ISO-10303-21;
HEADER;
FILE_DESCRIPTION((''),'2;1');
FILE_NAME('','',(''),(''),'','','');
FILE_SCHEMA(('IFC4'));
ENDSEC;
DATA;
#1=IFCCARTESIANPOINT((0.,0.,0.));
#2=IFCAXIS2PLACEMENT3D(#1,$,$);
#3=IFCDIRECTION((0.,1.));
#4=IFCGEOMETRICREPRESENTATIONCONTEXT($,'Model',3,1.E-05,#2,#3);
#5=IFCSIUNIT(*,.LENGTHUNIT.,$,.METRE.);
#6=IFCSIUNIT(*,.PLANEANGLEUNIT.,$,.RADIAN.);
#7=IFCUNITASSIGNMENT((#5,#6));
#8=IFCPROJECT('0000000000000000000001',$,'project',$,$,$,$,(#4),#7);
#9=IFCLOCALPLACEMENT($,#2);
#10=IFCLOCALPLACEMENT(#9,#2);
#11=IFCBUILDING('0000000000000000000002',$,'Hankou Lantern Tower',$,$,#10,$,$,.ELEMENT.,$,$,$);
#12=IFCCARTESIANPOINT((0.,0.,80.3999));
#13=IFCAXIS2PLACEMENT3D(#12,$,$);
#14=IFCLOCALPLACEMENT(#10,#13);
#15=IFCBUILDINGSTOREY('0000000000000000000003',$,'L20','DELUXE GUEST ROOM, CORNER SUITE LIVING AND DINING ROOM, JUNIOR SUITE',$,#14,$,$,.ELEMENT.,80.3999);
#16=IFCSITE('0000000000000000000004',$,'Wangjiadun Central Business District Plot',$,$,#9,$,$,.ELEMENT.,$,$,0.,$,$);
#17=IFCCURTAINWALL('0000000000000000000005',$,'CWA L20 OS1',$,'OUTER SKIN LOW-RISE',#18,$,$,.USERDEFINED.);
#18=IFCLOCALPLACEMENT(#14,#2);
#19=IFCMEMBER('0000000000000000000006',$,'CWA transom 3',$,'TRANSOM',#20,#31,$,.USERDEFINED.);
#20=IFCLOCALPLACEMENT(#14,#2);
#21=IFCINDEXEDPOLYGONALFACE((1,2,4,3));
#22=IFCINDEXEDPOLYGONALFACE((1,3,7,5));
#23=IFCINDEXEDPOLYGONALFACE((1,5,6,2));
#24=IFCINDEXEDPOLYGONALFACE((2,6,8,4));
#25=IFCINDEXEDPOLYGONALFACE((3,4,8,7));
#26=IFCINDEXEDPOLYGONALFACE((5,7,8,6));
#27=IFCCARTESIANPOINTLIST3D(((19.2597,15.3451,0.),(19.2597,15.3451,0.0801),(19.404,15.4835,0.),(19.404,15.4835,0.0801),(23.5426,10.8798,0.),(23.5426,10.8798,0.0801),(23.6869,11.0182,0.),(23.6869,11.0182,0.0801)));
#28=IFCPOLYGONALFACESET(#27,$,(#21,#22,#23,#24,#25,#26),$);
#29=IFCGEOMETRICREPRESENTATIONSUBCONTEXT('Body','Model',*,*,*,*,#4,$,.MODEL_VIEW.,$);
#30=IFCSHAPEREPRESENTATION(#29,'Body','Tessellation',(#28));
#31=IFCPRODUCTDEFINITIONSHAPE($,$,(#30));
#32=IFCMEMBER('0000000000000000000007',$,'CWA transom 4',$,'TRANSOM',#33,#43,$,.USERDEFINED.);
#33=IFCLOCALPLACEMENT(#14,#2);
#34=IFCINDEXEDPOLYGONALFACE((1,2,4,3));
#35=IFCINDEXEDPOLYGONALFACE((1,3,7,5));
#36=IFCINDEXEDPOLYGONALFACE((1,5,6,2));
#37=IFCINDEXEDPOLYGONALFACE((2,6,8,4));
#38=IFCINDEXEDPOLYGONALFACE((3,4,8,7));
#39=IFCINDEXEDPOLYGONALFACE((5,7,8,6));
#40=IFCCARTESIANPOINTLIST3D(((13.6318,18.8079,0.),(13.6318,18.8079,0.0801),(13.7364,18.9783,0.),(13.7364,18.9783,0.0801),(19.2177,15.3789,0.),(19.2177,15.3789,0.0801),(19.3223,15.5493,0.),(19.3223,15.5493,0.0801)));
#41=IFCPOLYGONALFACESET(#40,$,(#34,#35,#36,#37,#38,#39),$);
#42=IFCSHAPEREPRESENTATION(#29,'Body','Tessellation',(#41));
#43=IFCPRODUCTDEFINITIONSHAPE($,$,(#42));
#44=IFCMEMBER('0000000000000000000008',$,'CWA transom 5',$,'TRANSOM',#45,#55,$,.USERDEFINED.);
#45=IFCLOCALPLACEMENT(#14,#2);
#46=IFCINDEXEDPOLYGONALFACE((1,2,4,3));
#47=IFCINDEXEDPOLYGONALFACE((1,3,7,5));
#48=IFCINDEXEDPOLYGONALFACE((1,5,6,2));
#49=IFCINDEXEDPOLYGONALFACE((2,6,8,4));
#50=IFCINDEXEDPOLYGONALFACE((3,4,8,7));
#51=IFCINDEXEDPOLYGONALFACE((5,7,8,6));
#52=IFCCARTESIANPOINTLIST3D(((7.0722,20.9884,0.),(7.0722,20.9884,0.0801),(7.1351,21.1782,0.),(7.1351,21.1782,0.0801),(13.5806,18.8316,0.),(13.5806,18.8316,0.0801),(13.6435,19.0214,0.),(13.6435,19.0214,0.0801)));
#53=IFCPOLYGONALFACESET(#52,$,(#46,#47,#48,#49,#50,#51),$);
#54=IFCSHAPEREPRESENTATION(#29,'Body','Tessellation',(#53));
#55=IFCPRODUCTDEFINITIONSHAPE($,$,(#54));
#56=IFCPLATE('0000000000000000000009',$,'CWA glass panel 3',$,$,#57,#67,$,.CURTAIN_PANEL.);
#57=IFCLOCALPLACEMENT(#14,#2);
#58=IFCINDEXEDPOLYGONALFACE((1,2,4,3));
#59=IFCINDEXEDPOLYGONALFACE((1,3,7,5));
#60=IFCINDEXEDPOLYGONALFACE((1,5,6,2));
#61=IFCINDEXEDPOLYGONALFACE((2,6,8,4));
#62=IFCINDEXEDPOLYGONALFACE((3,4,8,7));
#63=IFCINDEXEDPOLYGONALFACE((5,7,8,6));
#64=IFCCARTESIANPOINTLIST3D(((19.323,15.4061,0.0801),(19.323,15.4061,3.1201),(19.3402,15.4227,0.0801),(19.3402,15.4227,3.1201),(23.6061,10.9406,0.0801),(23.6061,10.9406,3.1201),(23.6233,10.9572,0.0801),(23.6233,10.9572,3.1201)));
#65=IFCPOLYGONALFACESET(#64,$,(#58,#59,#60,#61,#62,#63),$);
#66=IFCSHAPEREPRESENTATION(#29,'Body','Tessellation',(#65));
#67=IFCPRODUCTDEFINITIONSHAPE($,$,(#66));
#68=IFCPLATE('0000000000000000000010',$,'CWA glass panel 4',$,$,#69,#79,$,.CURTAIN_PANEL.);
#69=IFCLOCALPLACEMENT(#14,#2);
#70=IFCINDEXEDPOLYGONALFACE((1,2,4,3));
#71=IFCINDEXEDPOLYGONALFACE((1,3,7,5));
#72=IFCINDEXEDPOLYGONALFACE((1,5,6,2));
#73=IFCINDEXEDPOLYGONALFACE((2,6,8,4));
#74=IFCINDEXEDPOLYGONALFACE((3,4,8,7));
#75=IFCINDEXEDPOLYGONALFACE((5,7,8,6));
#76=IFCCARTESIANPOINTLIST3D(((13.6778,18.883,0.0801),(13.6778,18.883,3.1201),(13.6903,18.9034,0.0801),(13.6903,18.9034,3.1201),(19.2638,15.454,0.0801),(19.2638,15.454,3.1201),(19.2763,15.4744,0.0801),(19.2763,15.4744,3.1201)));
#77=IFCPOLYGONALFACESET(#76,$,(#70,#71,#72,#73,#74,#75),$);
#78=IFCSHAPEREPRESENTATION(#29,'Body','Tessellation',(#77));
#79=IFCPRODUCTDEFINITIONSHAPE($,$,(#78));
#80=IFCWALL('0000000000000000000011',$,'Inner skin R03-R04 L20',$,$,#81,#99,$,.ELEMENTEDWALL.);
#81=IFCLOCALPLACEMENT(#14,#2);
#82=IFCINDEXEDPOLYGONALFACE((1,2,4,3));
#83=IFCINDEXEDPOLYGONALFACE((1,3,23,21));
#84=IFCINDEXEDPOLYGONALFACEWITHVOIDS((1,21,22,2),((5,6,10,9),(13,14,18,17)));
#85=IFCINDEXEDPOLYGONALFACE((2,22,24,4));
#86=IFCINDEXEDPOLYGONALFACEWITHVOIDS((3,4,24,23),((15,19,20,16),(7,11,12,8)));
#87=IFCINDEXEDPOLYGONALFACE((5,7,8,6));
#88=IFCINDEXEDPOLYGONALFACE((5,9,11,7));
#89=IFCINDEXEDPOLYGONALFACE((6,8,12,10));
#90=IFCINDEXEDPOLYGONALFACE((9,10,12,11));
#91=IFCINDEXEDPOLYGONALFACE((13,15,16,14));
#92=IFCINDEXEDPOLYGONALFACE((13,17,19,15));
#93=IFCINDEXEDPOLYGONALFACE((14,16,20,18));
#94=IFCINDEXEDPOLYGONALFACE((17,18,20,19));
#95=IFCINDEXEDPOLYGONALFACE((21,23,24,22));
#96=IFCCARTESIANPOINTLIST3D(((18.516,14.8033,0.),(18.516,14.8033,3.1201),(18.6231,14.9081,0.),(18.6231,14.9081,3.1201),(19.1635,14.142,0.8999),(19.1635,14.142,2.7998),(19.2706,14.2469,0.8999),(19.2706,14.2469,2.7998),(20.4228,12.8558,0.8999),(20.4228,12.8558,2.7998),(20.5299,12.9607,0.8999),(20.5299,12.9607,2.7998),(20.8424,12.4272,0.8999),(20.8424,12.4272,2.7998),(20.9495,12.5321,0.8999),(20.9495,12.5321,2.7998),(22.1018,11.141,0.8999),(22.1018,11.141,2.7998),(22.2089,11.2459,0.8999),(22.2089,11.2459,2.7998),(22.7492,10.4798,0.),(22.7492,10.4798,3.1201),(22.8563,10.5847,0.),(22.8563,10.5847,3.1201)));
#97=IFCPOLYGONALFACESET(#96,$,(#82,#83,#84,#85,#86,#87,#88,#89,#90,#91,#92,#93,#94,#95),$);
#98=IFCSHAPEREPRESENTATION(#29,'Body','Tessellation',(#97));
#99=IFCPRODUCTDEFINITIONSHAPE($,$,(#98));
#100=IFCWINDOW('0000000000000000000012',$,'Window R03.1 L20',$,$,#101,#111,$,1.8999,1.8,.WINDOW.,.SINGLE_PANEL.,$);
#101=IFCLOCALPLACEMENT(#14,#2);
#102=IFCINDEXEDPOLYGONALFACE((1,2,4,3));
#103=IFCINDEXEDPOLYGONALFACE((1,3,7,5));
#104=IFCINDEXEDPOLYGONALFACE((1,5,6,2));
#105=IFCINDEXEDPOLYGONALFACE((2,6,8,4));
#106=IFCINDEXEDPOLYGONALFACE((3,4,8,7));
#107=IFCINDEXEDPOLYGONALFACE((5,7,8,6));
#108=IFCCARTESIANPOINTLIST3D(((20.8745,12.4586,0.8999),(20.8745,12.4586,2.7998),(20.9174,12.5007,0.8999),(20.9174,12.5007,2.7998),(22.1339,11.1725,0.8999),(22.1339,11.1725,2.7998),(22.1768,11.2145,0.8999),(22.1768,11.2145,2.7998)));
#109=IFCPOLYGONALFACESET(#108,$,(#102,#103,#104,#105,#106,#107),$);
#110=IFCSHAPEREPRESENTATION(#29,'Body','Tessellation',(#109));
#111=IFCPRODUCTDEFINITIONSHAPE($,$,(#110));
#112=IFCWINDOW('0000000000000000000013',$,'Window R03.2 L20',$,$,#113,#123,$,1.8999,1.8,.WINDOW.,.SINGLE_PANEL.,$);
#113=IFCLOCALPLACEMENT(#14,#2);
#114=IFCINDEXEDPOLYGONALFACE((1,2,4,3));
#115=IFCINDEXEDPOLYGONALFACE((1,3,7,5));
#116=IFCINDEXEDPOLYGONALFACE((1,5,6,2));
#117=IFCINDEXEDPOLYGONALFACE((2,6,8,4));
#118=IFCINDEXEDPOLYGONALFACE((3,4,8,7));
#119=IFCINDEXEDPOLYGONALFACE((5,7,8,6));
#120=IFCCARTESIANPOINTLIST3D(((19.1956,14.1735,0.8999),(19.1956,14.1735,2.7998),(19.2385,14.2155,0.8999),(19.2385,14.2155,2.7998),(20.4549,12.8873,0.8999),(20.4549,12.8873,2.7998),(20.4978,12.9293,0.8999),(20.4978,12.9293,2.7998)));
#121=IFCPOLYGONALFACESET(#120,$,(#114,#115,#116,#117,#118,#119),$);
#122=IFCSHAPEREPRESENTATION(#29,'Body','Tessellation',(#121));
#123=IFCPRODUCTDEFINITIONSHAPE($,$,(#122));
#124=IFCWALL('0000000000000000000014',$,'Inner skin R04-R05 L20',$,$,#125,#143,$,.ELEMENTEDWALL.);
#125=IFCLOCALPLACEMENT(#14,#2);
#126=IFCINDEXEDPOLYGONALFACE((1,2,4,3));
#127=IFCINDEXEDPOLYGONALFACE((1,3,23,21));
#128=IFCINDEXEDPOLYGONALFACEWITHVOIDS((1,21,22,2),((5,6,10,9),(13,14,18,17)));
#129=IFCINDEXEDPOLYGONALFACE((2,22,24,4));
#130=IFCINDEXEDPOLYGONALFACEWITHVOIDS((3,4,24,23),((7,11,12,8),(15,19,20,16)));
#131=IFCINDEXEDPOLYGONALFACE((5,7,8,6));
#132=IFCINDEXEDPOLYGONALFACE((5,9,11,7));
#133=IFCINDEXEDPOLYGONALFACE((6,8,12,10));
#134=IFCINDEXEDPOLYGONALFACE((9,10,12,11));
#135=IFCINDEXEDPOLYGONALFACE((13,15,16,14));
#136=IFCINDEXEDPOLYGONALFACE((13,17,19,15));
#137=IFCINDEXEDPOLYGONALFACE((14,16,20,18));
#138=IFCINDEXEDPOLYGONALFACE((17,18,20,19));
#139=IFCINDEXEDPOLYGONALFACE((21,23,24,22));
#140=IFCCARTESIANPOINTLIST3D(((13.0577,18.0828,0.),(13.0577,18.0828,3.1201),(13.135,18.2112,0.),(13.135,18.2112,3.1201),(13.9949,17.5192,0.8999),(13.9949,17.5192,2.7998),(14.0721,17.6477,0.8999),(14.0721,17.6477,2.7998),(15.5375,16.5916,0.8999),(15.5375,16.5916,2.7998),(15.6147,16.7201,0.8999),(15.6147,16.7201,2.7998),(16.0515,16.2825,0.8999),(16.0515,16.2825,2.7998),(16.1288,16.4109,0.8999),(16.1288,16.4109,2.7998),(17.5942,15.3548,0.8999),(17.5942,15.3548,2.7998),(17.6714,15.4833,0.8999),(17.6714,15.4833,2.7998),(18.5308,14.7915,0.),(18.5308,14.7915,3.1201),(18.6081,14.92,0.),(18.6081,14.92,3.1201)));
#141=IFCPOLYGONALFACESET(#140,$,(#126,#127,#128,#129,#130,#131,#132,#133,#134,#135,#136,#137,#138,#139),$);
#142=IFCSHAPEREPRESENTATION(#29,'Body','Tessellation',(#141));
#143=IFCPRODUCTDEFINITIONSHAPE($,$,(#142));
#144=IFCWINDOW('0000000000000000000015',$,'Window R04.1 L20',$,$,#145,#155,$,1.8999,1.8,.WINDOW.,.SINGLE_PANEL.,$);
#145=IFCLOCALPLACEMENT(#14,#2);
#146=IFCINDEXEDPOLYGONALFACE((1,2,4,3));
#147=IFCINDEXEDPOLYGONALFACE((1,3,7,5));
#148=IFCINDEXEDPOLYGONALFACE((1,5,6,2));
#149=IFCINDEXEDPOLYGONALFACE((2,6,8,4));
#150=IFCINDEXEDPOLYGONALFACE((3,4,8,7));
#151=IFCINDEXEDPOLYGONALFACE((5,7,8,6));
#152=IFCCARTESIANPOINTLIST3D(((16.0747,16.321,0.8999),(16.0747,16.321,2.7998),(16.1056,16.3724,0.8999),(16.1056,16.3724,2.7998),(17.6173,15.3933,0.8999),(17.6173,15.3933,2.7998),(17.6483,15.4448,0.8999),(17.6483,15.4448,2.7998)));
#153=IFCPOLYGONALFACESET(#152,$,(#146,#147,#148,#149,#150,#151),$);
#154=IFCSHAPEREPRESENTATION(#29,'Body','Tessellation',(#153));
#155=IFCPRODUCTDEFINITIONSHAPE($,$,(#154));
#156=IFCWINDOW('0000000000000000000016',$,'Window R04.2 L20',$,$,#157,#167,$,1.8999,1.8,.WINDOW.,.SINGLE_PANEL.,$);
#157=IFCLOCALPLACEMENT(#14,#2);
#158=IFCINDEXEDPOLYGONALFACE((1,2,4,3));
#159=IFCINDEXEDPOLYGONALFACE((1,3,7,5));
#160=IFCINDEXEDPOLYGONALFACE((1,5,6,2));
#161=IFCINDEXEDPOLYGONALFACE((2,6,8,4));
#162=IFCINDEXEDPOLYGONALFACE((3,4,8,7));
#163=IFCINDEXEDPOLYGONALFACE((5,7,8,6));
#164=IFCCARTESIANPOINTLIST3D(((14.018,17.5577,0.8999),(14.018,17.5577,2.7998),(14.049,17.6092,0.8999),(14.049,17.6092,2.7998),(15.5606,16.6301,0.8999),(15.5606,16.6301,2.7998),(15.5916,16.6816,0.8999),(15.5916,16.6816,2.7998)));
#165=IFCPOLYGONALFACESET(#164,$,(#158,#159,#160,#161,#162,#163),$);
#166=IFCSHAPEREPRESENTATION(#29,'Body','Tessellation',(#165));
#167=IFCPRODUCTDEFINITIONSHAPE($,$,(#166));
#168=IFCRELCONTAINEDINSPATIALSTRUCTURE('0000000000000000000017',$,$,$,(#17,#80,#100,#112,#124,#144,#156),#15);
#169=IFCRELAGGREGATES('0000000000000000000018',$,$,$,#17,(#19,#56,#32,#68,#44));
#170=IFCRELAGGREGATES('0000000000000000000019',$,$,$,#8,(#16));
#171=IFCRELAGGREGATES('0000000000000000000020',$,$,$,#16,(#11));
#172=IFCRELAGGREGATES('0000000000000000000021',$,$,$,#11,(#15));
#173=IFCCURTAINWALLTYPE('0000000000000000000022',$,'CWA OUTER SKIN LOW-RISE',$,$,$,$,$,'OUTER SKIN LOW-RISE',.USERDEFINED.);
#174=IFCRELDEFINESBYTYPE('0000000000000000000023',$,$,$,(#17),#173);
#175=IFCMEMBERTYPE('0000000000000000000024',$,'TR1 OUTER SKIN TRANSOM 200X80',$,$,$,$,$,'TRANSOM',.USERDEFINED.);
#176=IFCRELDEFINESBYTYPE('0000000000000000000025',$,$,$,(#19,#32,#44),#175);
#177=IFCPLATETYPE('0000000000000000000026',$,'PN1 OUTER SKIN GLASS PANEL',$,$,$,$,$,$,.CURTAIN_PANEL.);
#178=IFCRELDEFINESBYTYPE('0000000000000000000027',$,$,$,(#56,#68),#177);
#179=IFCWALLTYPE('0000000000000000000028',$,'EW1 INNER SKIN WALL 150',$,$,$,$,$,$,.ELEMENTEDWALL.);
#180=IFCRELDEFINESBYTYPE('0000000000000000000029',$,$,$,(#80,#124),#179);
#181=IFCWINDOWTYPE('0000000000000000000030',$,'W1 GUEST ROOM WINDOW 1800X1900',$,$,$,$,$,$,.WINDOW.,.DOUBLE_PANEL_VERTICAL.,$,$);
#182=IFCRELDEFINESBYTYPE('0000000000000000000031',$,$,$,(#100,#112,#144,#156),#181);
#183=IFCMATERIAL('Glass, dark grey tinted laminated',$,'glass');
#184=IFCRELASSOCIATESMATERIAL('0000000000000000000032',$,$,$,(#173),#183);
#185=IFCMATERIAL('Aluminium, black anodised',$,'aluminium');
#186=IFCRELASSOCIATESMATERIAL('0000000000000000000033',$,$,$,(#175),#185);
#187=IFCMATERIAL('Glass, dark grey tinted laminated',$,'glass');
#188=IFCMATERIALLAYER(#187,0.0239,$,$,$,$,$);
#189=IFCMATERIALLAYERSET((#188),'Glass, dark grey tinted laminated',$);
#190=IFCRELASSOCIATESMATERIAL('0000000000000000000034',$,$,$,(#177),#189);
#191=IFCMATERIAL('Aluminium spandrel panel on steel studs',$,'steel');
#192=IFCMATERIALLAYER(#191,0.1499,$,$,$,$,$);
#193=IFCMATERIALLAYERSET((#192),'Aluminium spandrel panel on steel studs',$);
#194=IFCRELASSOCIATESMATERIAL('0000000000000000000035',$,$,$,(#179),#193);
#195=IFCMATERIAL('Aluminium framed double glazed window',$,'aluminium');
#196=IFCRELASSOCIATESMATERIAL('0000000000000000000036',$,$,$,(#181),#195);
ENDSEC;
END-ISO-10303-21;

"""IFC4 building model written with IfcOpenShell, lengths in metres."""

from ifc_helpers import new_model, si_unit, direction, frame, frame_2d, origin, origin_2d, place, context, subcontext, project, spatial, rectangle, extrude, material, layer, layer_set, material_profile, profile_set, type_object, element, fill, aggregate, save


model = new_model("IFC4")

# Units and contexts
model_context = context("Model", 3, precision=1e-05, world=origin(), true_north=direction((0.0, 1.0)))
body_context = subcontext(model_context, "Body", "Model", "MODEL_VIEW")
ifc_project = project(units=[si_unit("LENGTHUNIT", "METRE"), si_unit("PLANEANGLEUNIT", "RADIAN")], contexts=[model_context])

# Site, building, storey
site_placement = place(None, origin())
site = spatial("IfcSite", under=ifc_project, at=site_placement, Name="Wangjiadun Central Business District Plot", CompositionType="ELEMENT", RefElevation=0.0)
building_placement = place(site_placement, origin())
building = spatial("IfcBuilding", under=site, at=building_placement, Name="Hankou Lantern Tower", CompositionType="ELEMENT")
storey_placement = place(building_placement, frame((0.0, 0.0, 80.3999)))
storey = spatial("IfcBuildingStorey", under=building, at=storey_placement, Name="L20", Description="DELUXE GUEST ROOM, CORNER SUITE LIVING AND DINING ROOM, JUNIOR SUITE", CompositionType="ELEMENT", Elevation=80.3999)

# Curtain wall
ifc_material_1 = material(Name="Glass, dark grey tinted laminated", Category="glass")
curtain_wall_type = type_object("IfcCurtainWallType", Name="CWA OUTER SKIN LOW-RISE", ElementType="OUTER SKIN LOW-RISE", PredefinedType="USERDEFINED", material=ifc_material_1)
curtain_wall_placement = place(storey_placement, origin())
curtain_wall = element("IfcCurtainWall", 1, at=curtain_wall_placement, inside=storey, type_object=curtain_wall_type, Name="CWA L20 OS1", ObjectType="OUTER SKIN LOW-RISE", PredefinedType="USERDEFINED")

# Members
ifc_material_2 = material(Name="Aluminium, black anodised", Category="aluminium")
ifc_material_profile_1 = material_profile(ifc_material_2, rectangle(XDim=0.2, YDim=0.0801, at=origin_2d()), Name="TR1 200X80")
ifc_profile_set_1 = profile_set([ifc_material_profile_1], Name="Aluminium, black anodised")
member_type_1 = type_object("IfcMemberType", Name="TR1 OUTER SKIN TRANSOM 200X80", ElementType="TRANSOM", PredefinedType="USERDEFINED", material=ifc_profile_set_1)
member_1_placement = place(storey_placement, frame((23.6147, 10.949, 0.04), z_axis=(-0.692216, 0.721691, 0.0), x_axis=(-0.721691, -0.692216, 0.0)))
member_1 = element("IfcMember", 2, at=member_1_placement, type_object=member_type_1, Name="CWA transom 3", ObjectType="TRANSOM", PredefinedType="USERDEFINED", context=body_context, shape_type="SweptSolid", body=[
    extrude(rectangle(XDim=0.2, YDim=0.0801, at=origin_2d()), origin(), (0.0, 0.0, 1.0), 6.1873),
])
member_2_placement = place(storey_placement, frame((19.27, 15.4641, 0.04), z_axis=(-0.85224, 0.523152, 0.0), x_axis=(-0.523152, -0.85224, 0.0)))
member_2 = element("IfcMember", 3, at=member_2_placement, type_object=member_type_1, Name="CWA transom 4", ObjectType="TRANSOM", PredefinedType="USERDEFINED", context=body_context, shape_type="SweptSolid", body=[
    extrude(rectangle(XDim=0.2, YDim=0.0801, at=origin_2d()), origin(), (0.0, 0.0, 1.0), 6.5544),
])
member_3_placement = place(storey_placement, frame((13.6121, 18.9265, 0.04), z_axis=(-0.949237, 0.314561, 0.0), x_axis=(-0.314561, -0.949237, 0.0)))
member_3 = element("IfcMember", 4, at=member_3_placement, type_object=member_type_1, Name="CWA transom 5", ObjectType="TRANSOM", PredefinedType="USERDEFINED", context=body_context, shape_type="SweptSolid", body=[
    extrude(rectangle(XDim=0.2, YDim=0.0801, at=origin_2d()), origin(), (0.0, 0.0, 1.0), 6.8564),
])

# Plates
ifc_material_3 = material(Name="Glass, dark grey tinted laminated", Category="glass")
ifc_layer_1 = layer(ifc_material_3, 0.0239)
ifc_layer_set_1 = layer_set([ifc_layer_1], Name="Glass, dark grey tinted laminated")
plate_type = type_object("IfcPlateType", Name="PN1 OUTER SKIN GLASS PANEL", PredefinedType="CURTAIN_PANEL", material=ifc_layer_set_1)
plate_1_placement = place(storey_placement, frame((21.4731, 13.1816, 0.0801), z_axis=(0.0, 0.0, 1.0), x_axis=(-0.692216, 0.721691, 0.0)))
plate_1 = element("IfcPlate", 5, at=plate_1_placement, type_object=plate_type, Name="CWA glass panel 3", PredefinedType="CURTAIN_PANEL", context=body_context, shape_type="SweptSolid", body=[
    extrude(rectangle(XDim=6.1875, YDim=0.0239, at=origin_2d()), origin(), (0.0, 0.0, 1.0), 3.04),
])
plate_2_placement = place(storey_placement, frame((16.4771, 17.1787, 0.0801), z_axis=(0.0, 0.0, 1.0), x_axis=(-0.852237, 0.523156, 0.0)))
plate_2 = element("IfcPlate", 6, at=plate_2_placement, type_object=plate_type, Name="CWA glass panel 4", PredefinedType="CURTAIN_PANEL", context=body_context, shape_type="SweptSolid", body=[
    extrude(rectangle(XDim=6.5544, YDim=0.0239, at=origin_2d()), origin(), (0.0, 0.0, 1.0), 3.04),
])
aggregate(curtain_wall, [member_1, plate_1, member_2, plate_2, member_3])

# Walls, openings, windows
ifc_material_4 = material(Name="Aluminium spandrel panel on steel studs", Category="steel")
ifc_layer_2 = layer(ifc_material_4, 0.1499)
ifc_layer_set_2 = layer_set([ifc_layer_2], Name="Aluminium spandrel panel on steel studs")
wall_type_1 = type_object("IfcWallType", Name="EW1 INNER SKIN WALL 150", PredefinedType="ELEMENTEDWALL", material=ifc_layer_set_2)
wall_1_placement = place(storey_placement, frame((22.8027, 10.5322, 0.0), z_axis=(0.0, 0.0, 1.0), x_axis=(-0.699603, 0.714532, 0.0)))
wall_1 = element("IfcWall", 7, at=wall_1_placement, inside=storey, type_object=wall_type_1, Name="Inner skin R03-R04 L20", PredefinedType="ELEMENTEDWALL", context=body_context, shape_type="SweptSolid", body=[
    extrude(rectangle(XDim=6.0508, YDim=0.1499, at=frame_2d((3.0254, 0.0))), origin(), (0.0, 0.0, 1.0), 3.1201),
])
opening_1_placement = place(wall_1_placement, frame((0.9255, 0.0, 0.8999)))
opening_1 = element("IfcOpeningElement", 8, at=opening_1_placement, cuts=wall_1, PredefinedType="OPENING", context=body_context, shape_type="SweptSolid", body=[
    extrude(rectangle(XDim=1.8, YDim=1.8999, at=frame_2d((0.8999, 0.95))), frame((0.0, 0.085, 0.0), z_axis=(0.0, -1.0, 0.0), x_axis=(1.0, 0.0, 0.0)), (0.0, 0.0, 1.0), 0.1699),
])
opening_2_placement = place(wall_1_placement, frame((3.3254, 0.0, 0.8999)))
opening_2 = element("IfcOpeningElement", 9, at=opening_2_placement, cuts=wall_1, PredefinedType="OPENING", context=body_context, shape_type="SweptSolid", body=[
    extrude(rectangle(XDim=1.8, YDim=1.8999, at=frame_2d((0.8999, 0.95))), frame((0.0, 0.085, 0.0), z_axis=(0.0, -1.0, 0.0), x_axis=(1.0, 0.0, 0.0)), (0.0, 0.0, 1.0), 0.1699),
])
ifc_material_5 = material(Name="Aluminium framed double glazed window", Category="aluminium")
window_type = type_object("IfcWindowType", Name="W1 GUEST ROOM WINDOW 1800X1900", PartitioningType="DOUBLE_PANEL_VERTICAL", PredefinedType="WINDOW", material=ifc_material_5)
window_1_placement = place(opening_1_placement, origin())
window_1 = element("IfcWindow", 10, at=window_1_placement, inside=storey, type_object=window_type, Name="Window R03.1 L20", OverallHeight=1.8999, OverallWidth=1.8, PartitioningType="SINGLE_PANEL", PredefinedType="WINDOW", context=body_context, shape_type="SweptSolid", body=[
    extrude(rectangle(XDim=1.8, YDim=1.8999, at=frame_2d((0.8999, 0.95))), frame((0.0, 0.03, 0.0), z_axis=(0.0, -1.0, 0.0), x_axis=(1.0, 0.0, 0.0)), (0.0, 0.0, 1.0), 0.0601),
])
fill(opening_1, window_1)
window_2_placement = place(opening_2_placement, origin())
window_2 = element("IfcWindow", 11, at=window_2_placement, inside=storey, type_object=window_type, Name="Window R03.2 L20", OverallHeight=1.8999, OverallWidth=1.8, PartitioningType="SINGLE_PANEL", PredefinedType="WINDOW", context=body_context, shape_type="SweptSolid", body=[
    extrude(rectangle(XDim=1.8, YDim=1.8999, at=frame_2d((0.8999, 0.95))), frame((0.0, 0.03, 0.0), z_axis=(0.0, -1.0, 0.0), x_axis=(1.0, 0.0, 0.0)), (0.0, 0.0, 1.0), 0.0601),
])
fill(opening_2, window_2)
wall_2_placement = place(storey_placement, frame((18.5696, 14.8557, 0.0), z_axis=(0.0, 0.0, 1.0), x_axis=(-0.856983, 0.515344, 0.0)))
wall_2 = element("IfcWall", 12, at=wall_2_placement, inside=storey, type_object=wall_type_1, Name="Inner skin R04-R05 L20", PredefinedType="ELEMENTEDWALL", context=body_context, shape_type="SweptSolid", body=[
    extrude(rectangle(XDim=6.3865, YDim=0.1499, at=frame_2d((3.1934, 0.0))), origin(), (0.0, 0.0, 1.0), 3.1201),
])
opening_3_placement = place(wall_2_placement, frame((1.0933, 0.0, 0.8999)))
opening_3 = element("IfcOpeningElement", 13, at=opening_3_placement, cuts=wall_2, PredefinedType="OPENING", context=body_context, shape_type="SweptSolid", body=[
    extrude(rectangle(XDim=1.8, YDim=1.8999, at=frame_2d((0.8999, 0.95))), frame((0.0, 0.085, 0.0), z_axis=(0.0, -1.0, 0.0), x_axis=(1.0, 0.0, 0.0)), (0.0, 0.0, 1.0), 0.1699),
])
opening_4_placement = place(wall_2_placement, frame((3.4932, 0.0, 0.8999)))
opening_4 = element("IfcOpeningElement", 14, at=opening_4_placement, cuts=wall_2, PredefinedType="OPENING", context=body_context, shape_type="SweptSolid", body=[
    extrude(rectangle(XDim=1.8, YDim=1.8999, at=frame_2d((0.8999, 0.95))), frame((0.0, 0.085, 0.0), z_axis=(0.0, -1.0, 0.0), x_axis=(1.0, 0.0, 0.0)), (0.0, 0.0, 1.0), 0.1699),
])
window_3_placement = place(opening_3_placement, origin())
window_3 = element("IfcWindow", 15, at=window_3_placement, inside=storey, type_object=window_type, Name="Window R04.1 L20", OverallHeight=1.8999, OverallWidth=1.8, PartitioningType="SINGLE_PANEL", PredefinedType="WINDOW", context=body_context, shape_type="SweptSolid", body=[
    extrude(rectangle(XDim=1.8, YDim=1.8999, at=frame_2d((0.8999, 0.95))), frame((0.0, 0.03, 0.0), z_axis=(0.0, -1.0, 0.0), x_axis=(1.0, 0.0, 0.0)), (0.0, 0.0, 1.0), 0.0601),
])
fill(opening_3, window_3)
window_4_placement = place(opening_4_placement, origin())
window_4 = element("IfcWindow", 16, at=window_4_placement, inside=storey, type_object=window_type, Name="Window R04.2 L20", OverallHeight=1.8999, OverallWidth=1.8, PartitioningType="SINGLE_PANEL", PredefinedType="WINDOW", context=body_context, shape_type="SweptSolid", body=[
    extrude(rectangle(XDim=1.8, YDim=1.8999, at=frame_2d((0.8999, 0.95))), frame((0.0, 0.03, 0.0), z_axis=(0.0, -1.0, 0.0), x_axis=(1.0, 0.0, 0.0)), (0.0, 0.0, 1.0), 0.0601),
])
fill(opening_4, window_4)

save(model, "model.ifc")
